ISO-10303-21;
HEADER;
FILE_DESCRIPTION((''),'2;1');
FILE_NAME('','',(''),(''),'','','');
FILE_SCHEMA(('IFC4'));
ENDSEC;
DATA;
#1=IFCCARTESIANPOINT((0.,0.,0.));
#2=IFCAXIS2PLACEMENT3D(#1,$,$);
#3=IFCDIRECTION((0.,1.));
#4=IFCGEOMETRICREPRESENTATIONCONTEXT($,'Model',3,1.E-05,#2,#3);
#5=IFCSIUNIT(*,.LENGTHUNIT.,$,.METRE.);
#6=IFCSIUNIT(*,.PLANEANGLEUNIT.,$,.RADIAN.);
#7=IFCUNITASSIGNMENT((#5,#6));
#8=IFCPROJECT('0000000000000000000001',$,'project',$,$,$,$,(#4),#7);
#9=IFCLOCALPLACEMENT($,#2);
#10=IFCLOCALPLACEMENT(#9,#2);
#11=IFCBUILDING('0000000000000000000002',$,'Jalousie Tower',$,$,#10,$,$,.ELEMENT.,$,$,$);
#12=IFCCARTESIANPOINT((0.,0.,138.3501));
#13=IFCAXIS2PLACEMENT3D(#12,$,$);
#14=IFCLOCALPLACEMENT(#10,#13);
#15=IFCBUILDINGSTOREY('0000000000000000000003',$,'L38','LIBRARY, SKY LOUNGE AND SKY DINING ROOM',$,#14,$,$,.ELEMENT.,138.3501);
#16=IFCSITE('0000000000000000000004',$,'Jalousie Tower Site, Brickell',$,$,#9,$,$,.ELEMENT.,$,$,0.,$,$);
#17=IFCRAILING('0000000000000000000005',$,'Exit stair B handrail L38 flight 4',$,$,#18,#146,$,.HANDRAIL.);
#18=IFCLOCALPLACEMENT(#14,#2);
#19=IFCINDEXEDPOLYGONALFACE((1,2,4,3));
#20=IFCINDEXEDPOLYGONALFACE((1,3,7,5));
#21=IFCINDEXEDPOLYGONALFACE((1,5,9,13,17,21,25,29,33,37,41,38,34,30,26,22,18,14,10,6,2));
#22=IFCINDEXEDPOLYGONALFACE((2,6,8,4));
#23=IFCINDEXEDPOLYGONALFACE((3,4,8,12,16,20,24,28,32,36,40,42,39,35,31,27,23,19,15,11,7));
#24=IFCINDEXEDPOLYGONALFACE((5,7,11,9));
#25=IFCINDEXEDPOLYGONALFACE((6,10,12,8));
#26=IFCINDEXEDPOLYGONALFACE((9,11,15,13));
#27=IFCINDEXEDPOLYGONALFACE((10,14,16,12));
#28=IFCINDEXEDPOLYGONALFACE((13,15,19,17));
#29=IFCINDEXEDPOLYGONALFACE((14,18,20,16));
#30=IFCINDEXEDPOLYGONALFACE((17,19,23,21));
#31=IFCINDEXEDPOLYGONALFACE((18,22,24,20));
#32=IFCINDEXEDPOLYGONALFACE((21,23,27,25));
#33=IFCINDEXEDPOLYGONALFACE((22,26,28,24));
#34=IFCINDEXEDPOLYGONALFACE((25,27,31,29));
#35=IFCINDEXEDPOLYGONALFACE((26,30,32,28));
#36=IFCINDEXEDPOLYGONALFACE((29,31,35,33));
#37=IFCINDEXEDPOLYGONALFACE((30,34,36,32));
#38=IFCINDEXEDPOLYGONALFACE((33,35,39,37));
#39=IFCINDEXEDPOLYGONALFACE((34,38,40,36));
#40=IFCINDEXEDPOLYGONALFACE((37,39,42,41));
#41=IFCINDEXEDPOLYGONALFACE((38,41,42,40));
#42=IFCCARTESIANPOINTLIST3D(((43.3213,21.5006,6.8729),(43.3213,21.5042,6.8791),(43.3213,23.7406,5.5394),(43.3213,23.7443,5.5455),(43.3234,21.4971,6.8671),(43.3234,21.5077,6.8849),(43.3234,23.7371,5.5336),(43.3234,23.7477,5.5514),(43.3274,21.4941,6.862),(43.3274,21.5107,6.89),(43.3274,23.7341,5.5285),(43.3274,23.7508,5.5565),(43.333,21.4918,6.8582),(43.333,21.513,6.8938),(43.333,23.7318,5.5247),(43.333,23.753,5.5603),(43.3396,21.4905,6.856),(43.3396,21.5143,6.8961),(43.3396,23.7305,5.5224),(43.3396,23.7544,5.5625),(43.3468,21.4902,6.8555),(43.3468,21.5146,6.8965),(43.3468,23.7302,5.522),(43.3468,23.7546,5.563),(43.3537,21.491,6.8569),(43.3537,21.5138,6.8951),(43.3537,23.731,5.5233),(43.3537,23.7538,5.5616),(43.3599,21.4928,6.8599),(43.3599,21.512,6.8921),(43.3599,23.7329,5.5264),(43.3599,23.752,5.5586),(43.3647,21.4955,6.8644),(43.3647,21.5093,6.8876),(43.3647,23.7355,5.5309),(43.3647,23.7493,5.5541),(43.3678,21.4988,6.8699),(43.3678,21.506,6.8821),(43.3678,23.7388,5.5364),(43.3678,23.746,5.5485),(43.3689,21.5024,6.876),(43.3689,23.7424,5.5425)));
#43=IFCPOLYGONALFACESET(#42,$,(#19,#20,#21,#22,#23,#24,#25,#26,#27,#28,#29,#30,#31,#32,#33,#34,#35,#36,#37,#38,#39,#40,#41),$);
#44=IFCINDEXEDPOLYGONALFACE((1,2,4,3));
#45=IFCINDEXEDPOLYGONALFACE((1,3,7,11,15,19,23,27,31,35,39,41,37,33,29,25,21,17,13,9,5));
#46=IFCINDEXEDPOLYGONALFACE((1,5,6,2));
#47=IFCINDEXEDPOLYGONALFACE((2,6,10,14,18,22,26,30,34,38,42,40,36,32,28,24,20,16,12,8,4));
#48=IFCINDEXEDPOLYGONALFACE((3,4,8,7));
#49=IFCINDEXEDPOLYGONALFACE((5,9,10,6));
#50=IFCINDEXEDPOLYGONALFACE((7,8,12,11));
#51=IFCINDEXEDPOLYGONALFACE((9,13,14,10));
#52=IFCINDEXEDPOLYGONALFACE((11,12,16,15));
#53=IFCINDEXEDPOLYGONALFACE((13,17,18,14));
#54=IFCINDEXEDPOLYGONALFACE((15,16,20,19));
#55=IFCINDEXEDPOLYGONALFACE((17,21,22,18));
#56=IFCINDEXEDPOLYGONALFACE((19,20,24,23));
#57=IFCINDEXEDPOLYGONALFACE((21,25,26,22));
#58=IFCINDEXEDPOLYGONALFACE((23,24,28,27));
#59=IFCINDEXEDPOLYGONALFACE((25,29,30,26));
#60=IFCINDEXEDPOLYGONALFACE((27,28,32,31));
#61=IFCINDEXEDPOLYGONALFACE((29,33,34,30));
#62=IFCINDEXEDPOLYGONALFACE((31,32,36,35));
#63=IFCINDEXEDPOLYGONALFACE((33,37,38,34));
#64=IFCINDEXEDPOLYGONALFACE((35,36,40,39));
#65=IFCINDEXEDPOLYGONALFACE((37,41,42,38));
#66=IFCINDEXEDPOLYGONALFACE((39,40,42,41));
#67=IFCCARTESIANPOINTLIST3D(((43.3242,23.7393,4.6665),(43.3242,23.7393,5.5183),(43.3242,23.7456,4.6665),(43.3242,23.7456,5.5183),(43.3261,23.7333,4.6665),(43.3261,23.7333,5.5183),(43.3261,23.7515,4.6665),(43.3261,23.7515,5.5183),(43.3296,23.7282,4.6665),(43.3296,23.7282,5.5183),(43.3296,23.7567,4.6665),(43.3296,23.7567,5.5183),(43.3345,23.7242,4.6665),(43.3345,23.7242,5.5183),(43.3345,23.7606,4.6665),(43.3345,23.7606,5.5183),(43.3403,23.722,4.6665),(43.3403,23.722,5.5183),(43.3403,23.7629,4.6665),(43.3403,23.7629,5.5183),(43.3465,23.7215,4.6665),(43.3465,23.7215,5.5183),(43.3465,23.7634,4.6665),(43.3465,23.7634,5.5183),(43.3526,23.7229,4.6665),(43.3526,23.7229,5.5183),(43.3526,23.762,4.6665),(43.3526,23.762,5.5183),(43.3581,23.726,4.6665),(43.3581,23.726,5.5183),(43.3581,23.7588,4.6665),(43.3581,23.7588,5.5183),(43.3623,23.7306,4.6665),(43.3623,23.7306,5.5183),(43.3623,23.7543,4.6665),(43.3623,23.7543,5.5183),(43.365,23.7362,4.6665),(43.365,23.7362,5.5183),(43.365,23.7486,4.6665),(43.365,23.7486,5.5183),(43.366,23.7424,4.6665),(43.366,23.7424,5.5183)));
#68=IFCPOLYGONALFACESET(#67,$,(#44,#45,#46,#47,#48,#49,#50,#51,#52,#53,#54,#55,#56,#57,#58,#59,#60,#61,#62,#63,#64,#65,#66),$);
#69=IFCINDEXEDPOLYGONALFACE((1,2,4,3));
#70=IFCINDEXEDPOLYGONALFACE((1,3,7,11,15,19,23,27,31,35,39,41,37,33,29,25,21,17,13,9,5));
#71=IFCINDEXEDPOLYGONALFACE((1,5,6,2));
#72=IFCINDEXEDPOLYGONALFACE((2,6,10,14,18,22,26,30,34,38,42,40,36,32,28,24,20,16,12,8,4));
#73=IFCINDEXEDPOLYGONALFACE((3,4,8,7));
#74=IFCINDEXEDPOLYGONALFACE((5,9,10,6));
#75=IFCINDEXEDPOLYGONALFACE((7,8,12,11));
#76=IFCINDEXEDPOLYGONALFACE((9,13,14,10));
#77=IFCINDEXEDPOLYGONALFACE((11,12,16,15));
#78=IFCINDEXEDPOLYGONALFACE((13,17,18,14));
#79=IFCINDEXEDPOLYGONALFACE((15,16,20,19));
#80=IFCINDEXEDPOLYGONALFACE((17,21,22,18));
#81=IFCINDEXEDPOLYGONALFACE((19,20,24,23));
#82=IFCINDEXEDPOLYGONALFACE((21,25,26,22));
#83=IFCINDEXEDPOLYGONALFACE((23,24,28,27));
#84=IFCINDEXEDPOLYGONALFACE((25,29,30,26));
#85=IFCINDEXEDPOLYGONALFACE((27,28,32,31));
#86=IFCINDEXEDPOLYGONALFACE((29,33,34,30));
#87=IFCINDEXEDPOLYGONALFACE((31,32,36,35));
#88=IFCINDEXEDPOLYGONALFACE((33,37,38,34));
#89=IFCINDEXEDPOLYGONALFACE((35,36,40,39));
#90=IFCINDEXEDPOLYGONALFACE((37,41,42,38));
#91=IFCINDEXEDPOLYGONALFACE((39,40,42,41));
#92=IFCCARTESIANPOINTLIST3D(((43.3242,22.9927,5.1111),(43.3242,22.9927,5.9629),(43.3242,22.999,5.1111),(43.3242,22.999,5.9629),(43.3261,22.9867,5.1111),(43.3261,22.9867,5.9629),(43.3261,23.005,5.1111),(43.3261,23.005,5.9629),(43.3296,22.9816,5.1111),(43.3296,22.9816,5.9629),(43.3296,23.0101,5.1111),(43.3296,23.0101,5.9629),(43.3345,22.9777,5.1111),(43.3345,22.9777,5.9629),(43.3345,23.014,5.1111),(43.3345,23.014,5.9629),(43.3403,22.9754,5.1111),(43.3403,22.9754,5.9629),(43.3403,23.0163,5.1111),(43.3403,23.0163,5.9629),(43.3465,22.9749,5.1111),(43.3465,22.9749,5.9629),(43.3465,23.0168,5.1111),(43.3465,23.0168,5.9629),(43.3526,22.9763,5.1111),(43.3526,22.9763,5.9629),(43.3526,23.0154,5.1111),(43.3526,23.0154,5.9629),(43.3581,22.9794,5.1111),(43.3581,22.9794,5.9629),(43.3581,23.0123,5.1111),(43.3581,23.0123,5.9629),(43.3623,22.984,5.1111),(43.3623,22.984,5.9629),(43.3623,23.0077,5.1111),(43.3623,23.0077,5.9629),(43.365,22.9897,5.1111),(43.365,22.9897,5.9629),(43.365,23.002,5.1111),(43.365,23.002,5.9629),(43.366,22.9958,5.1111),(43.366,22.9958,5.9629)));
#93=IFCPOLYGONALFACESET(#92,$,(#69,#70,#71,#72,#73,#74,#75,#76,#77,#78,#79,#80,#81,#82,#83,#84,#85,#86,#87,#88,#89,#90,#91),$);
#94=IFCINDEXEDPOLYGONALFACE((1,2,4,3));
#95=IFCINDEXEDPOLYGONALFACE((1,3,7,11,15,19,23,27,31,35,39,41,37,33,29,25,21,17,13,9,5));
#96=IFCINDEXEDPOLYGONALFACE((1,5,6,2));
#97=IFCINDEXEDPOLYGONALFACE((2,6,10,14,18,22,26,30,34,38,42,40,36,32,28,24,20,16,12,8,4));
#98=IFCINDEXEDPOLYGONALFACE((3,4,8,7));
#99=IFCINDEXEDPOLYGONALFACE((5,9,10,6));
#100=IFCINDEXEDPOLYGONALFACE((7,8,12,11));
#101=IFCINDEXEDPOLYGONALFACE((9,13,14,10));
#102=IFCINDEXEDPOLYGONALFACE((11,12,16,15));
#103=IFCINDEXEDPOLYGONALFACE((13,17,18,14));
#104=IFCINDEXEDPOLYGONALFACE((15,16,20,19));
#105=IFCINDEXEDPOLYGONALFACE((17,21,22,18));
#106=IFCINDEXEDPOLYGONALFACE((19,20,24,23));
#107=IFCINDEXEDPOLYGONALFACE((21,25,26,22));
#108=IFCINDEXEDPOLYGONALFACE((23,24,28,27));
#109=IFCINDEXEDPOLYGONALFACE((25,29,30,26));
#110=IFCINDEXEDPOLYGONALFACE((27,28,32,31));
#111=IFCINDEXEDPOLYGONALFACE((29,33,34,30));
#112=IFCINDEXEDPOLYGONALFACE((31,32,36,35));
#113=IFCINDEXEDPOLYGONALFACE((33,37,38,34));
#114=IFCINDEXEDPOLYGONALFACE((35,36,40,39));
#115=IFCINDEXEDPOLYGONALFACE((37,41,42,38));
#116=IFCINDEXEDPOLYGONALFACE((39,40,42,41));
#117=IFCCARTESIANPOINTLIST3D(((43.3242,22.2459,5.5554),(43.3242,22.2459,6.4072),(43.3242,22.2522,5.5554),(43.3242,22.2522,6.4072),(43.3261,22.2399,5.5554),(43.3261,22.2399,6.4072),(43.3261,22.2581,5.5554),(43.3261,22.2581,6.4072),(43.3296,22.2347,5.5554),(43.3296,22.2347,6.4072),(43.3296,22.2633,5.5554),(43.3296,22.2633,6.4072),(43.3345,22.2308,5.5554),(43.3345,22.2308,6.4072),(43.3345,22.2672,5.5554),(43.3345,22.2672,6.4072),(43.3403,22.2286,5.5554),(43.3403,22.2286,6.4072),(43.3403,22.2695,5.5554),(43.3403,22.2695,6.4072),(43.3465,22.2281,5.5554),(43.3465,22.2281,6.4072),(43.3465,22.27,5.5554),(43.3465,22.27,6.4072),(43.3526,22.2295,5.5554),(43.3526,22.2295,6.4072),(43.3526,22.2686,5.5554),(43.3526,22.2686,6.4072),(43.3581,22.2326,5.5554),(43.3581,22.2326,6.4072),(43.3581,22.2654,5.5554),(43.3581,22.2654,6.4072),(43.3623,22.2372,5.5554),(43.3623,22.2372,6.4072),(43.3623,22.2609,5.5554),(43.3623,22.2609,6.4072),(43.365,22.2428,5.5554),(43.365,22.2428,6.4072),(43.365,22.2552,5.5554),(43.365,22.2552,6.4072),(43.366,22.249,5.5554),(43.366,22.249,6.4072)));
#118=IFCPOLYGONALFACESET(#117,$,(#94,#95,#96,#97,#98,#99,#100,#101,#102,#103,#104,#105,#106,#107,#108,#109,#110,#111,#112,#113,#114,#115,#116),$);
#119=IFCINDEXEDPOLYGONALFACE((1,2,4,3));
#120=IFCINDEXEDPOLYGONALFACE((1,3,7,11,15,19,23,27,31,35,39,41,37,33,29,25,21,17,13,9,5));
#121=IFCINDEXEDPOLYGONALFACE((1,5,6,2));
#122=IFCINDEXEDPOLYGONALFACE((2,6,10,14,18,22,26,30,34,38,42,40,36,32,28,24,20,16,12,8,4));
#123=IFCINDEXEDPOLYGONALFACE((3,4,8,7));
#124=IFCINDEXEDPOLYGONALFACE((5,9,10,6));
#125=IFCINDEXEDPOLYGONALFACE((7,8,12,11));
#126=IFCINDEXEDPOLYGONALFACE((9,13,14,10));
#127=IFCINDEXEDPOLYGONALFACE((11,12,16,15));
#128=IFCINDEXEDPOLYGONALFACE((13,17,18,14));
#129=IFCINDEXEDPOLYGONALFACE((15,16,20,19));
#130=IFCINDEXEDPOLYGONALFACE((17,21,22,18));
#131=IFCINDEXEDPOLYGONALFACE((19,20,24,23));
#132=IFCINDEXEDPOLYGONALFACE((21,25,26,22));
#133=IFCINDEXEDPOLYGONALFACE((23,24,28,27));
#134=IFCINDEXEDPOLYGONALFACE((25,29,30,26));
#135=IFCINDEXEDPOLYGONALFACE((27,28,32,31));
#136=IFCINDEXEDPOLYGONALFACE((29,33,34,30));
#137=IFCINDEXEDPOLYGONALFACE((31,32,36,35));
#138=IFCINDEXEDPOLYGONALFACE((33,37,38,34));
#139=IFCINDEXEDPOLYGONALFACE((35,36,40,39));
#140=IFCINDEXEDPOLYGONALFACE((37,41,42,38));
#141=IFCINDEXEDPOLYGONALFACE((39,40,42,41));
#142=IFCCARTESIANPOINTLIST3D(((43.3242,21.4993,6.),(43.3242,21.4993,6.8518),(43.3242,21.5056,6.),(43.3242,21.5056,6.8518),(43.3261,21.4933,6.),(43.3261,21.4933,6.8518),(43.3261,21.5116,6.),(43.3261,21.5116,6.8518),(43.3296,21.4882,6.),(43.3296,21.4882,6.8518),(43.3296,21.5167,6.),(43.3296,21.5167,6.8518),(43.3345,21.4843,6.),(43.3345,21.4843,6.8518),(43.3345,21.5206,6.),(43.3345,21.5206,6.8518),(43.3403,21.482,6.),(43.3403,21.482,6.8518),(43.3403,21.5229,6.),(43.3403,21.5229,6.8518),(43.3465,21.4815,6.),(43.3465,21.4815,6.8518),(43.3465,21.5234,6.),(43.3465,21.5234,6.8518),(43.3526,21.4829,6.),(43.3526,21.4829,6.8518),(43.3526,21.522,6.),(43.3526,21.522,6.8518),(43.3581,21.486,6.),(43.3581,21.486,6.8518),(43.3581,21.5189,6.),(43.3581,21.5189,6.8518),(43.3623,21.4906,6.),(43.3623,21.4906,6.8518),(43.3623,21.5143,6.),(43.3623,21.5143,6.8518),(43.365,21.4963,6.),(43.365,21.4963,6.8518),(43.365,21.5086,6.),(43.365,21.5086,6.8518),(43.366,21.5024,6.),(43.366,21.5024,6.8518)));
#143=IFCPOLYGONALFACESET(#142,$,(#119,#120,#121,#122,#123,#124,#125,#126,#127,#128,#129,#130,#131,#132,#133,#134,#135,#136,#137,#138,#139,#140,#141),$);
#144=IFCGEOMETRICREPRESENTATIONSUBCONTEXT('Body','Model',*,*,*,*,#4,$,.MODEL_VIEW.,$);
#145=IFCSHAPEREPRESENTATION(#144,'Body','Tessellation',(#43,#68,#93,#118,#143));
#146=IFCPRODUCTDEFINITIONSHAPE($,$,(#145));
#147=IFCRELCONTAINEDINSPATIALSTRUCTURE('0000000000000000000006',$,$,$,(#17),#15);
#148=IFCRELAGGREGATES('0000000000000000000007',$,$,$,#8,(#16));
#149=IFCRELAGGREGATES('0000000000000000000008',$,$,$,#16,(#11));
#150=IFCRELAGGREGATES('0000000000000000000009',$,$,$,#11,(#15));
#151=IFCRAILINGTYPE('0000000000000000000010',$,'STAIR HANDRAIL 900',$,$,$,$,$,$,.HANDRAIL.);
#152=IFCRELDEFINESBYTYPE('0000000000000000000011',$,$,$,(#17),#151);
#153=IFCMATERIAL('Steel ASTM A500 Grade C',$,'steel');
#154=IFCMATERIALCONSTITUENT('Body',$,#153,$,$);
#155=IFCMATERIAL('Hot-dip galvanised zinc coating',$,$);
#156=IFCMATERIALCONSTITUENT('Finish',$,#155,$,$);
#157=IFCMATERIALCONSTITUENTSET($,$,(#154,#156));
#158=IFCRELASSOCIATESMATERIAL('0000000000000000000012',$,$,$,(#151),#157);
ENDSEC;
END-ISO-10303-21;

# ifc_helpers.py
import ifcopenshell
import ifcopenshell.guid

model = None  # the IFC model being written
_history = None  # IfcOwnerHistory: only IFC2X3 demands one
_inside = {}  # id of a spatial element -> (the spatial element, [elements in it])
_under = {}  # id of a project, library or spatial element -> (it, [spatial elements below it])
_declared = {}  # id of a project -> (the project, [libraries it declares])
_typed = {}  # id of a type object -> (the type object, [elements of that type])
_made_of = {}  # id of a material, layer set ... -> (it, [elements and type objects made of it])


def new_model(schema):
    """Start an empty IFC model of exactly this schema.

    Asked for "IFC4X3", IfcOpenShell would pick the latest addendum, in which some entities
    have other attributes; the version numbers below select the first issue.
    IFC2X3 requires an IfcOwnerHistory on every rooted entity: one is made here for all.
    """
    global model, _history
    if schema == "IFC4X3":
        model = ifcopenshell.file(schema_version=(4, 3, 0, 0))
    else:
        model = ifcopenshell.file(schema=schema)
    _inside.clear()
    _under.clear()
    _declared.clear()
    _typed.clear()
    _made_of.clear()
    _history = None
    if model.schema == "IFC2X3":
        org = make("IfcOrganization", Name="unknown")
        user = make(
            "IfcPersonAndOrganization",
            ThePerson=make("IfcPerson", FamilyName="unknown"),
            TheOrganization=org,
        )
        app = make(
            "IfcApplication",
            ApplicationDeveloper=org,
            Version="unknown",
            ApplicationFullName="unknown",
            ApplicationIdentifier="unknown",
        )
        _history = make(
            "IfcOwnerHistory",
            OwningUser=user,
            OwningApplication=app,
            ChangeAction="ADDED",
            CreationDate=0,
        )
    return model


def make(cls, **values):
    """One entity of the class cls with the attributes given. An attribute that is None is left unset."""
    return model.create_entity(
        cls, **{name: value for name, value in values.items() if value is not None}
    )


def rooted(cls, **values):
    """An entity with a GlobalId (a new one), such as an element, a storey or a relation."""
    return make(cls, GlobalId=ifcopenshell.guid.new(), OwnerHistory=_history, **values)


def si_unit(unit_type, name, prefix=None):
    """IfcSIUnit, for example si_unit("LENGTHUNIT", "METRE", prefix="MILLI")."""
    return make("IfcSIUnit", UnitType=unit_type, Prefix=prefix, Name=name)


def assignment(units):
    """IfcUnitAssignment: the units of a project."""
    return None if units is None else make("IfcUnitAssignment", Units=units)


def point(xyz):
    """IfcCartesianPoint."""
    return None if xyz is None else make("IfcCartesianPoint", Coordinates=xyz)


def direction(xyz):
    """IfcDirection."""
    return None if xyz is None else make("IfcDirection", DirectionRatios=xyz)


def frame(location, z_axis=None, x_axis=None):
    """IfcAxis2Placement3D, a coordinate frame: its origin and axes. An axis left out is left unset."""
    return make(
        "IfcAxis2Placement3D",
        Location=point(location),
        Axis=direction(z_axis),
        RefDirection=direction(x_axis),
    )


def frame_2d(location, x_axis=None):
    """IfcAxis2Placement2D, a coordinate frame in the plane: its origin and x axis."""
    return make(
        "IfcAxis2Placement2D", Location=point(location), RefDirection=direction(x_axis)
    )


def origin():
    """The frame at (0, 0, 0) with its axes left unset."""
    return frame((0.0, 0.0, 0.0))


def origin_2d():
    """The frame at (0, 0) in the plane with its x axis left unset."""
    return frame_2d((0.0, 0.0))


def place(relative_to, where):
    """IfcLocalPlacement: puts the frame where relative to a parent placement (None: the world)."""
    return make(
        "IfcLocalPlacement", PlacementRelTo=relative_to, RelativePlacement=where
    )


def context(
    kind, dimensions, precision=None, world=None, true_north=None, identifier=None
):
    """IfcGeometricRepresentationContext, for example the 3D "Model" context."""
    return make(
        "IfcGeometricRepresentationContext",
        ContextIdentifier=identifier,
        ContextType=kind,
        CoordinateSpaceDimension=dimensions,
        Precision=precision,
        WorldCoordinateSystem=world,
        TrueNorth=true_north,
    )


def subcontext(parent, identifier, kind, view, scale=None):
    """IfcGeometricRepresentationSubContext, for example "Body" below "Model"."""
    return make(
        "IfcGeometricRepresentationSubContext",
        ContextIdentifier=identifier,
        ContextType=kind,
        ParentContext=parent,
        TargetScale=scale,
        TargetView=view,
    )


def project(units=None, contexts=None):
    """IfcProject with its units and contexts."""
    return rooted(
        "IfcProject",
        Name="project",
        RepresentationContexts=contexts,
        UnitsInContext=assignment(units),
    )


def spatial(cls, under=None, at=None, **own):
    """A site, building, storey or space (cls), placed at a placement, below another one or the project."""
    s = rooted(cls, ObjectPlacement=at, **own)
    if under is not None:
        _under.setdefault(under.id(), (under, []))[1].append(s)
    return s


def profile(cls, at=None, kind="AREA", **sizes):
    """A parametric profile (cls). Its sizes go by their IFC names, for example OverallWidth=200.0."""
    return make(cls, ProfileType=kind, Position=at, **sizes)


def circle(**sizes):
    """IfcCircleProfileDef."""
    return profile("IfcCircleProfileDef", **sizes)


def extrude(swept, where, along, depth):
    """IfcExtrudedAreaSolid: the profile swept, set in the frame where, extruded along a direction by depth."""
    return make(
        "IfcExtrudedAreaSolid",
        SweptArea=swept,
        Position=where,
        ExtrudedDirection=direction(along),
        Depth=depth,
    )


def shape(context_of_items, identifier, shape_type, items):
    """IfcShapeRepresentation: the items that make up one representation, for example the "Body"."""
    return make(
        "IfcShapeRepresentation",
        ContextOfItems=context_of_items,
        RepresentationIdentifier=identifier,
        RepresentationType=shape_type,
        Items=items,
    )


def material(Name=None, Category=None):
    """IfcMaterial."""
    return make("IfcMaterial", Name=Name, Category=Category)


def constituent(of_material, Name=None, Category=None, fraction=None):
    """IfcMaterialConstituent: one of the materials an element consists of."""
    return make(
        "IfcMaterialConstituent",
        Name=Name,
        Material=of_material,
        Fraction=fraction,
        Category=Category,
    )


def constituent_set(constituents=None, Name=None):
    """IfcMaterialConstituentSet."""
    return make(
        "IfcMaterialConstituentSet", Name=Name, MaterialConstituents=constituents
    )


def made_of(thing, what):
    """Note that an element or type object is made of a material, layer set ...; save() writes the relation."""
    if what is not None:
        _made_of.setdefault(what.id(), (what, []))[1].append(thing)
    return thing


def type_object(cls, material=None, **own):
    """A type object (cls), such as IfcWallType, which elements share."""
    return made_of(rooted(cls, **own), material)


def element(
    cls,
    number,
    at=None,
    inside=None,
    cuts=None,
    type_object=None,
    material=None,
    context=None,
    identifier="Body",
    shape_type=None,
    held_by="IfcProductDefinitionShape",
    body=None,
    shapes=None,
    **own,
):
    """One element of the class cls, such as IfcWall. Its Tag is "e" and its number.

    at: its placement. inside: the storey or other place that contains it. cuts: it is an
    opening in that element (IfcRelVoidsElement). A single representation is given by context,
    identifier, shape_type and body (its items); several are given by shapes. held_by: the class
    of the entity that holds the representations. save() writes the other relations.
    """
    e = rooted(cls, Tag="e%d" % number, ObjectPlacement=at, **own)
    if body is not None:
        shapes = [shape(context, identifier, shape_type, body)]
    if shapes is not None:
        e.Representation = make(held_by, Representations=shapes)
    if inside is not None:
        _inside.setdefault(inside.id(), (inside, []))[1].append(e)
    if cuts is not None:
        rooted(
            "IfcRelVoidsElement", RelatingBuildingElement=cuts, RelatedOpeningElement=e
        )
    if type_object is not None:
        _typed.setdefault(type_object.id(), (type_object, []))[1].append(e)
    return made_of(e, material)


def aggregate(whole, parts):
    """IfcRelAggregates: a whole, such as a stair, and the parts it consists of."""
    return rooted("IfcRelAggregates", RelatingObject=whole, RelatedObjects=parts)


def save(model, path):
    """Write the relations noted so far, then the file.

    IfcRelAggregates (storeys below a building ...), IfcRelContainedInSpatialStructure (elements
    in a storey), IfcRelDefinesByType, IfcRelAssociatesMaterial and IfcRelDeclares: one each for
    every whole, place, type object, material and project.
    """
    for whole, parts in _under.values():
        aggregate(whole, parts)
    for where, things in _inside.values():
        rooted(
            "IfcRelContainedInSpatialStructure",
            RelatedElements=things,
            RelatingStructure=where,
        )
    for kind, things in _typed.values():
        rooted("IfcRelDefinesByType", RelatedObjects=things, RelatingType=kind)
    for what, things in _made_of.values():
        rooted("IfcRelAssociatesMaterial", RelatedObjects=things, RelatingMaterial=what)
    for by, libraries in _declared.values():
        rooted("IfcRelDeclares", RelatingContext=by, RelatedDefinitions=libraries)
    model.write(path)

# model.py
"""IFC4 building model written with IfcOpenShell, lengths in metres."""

from ifc_helpers import new_model, si_unit, direction, frame, origin, origin_2d, place, context, subcontext, project, spatial, circle, extrude, material, constituent, constituent_set, type_object, element, save


model = new_model("IFC4")

# Units and contexts
model_context = context("Model", 3, precision=1e-05, world=origin(), true_north=direction((0.0, 1.0)))
body_context = subcontext(model_context, "Body", "Model", "MODEL_VIEW")
ifc_project = project(units=[si_unit("LENGTHUNIT", "METRE"), si_unit("PLANEANGLEUNIT", "RADIAN")], contexts=[model_context])

# Site, building, storey
site_placement = place(None, origin())
site = spatial("IfcSite", under=ifc_project, at=site_placement, Name="Jalousie Tower Site, Brickell", CompositionType="ELEMENT", RefElevation=0.0)
building_placement = place(site_placement, origin())
building = spatial("IfcBuilding", under=site, at=building_placement, Name="Jalousie Tower", CompositionType="ELEMENT")
storey_placement = place(building_placement, frame((0.0, 0.0, 138.3501)))
storey = spatial("IfcBuildingStorey", under=building, at=storey_placement, Name="L38", Description="LIBRARY, SKY LOUNGE AND SKY DINING ROOM", CompositionType="ELEMENT", Elevation=138.3501)

# Railing
ifc_material_1 = material(Name="Steel ASTM A500 Grade C", Category="steel")
ifc_constituent_1 = constituent(ifc_material_1, Name="Body")
ifc_material_2 = material(Name="Hot-dip galvanised zinc coating")
ifc_constituent_2 = constituent(ifc_material_2, Name="Finish")
ifc_constituent_set_1 = constituent_set(constituents=[ifc_constituent_1, ifc_constituent_2])
railing_type_1 = type_object("IfcRailingType", Name="STAIR HANDRAIL 900", PredefinedType="HANDRAIL", material=ifc_constituent_set_1)
railing_1_placement = place(storey_placement, frame((43.345, 23.7424, 4.6665)))
element("IfcRailing", 1, at=railing_1_placement, inside=storey, type_object=railing_type_1, Name="Exit stair B handrail L38 flight 4", PredefinedType="HANDRAIL", context=body_context, shape_type="SweptSolid", body=[
    extrude(circle(Radius=0.0239, at=origin_2d()), frame((0.0, 0.0, 0.876), z_axis=(0.0, -0.859264, 0.511532), x_axis=(1.0, 0.0, 0.0)), (0.0, 0.0, 1.0), 2.6069),
    extrude(circle(Radius=0.021, at=origin_2d()), origin(), (0.0, 0.0, 1.0), 0.8518),
    extrude(circle(Radius=0.021, at=origin_2d()), frame((0.0, -0.7466, 0.4446)), (0.0, 0.0, 1.0), 0.8518),
    extrude(circle(Radius=0.021, at=origin_2d()), frame((0.0, -1.4934, 0.8889)), (0.0, 0.0, 1.0), 0.8518),
    extrude(circle(Radius=0.021, at=origin_2d()), frame((0.0, -2.24, 1.3335)), (0.0, 0.0, 1.0), 0.8518),
])

save(model, "model.ifc")
